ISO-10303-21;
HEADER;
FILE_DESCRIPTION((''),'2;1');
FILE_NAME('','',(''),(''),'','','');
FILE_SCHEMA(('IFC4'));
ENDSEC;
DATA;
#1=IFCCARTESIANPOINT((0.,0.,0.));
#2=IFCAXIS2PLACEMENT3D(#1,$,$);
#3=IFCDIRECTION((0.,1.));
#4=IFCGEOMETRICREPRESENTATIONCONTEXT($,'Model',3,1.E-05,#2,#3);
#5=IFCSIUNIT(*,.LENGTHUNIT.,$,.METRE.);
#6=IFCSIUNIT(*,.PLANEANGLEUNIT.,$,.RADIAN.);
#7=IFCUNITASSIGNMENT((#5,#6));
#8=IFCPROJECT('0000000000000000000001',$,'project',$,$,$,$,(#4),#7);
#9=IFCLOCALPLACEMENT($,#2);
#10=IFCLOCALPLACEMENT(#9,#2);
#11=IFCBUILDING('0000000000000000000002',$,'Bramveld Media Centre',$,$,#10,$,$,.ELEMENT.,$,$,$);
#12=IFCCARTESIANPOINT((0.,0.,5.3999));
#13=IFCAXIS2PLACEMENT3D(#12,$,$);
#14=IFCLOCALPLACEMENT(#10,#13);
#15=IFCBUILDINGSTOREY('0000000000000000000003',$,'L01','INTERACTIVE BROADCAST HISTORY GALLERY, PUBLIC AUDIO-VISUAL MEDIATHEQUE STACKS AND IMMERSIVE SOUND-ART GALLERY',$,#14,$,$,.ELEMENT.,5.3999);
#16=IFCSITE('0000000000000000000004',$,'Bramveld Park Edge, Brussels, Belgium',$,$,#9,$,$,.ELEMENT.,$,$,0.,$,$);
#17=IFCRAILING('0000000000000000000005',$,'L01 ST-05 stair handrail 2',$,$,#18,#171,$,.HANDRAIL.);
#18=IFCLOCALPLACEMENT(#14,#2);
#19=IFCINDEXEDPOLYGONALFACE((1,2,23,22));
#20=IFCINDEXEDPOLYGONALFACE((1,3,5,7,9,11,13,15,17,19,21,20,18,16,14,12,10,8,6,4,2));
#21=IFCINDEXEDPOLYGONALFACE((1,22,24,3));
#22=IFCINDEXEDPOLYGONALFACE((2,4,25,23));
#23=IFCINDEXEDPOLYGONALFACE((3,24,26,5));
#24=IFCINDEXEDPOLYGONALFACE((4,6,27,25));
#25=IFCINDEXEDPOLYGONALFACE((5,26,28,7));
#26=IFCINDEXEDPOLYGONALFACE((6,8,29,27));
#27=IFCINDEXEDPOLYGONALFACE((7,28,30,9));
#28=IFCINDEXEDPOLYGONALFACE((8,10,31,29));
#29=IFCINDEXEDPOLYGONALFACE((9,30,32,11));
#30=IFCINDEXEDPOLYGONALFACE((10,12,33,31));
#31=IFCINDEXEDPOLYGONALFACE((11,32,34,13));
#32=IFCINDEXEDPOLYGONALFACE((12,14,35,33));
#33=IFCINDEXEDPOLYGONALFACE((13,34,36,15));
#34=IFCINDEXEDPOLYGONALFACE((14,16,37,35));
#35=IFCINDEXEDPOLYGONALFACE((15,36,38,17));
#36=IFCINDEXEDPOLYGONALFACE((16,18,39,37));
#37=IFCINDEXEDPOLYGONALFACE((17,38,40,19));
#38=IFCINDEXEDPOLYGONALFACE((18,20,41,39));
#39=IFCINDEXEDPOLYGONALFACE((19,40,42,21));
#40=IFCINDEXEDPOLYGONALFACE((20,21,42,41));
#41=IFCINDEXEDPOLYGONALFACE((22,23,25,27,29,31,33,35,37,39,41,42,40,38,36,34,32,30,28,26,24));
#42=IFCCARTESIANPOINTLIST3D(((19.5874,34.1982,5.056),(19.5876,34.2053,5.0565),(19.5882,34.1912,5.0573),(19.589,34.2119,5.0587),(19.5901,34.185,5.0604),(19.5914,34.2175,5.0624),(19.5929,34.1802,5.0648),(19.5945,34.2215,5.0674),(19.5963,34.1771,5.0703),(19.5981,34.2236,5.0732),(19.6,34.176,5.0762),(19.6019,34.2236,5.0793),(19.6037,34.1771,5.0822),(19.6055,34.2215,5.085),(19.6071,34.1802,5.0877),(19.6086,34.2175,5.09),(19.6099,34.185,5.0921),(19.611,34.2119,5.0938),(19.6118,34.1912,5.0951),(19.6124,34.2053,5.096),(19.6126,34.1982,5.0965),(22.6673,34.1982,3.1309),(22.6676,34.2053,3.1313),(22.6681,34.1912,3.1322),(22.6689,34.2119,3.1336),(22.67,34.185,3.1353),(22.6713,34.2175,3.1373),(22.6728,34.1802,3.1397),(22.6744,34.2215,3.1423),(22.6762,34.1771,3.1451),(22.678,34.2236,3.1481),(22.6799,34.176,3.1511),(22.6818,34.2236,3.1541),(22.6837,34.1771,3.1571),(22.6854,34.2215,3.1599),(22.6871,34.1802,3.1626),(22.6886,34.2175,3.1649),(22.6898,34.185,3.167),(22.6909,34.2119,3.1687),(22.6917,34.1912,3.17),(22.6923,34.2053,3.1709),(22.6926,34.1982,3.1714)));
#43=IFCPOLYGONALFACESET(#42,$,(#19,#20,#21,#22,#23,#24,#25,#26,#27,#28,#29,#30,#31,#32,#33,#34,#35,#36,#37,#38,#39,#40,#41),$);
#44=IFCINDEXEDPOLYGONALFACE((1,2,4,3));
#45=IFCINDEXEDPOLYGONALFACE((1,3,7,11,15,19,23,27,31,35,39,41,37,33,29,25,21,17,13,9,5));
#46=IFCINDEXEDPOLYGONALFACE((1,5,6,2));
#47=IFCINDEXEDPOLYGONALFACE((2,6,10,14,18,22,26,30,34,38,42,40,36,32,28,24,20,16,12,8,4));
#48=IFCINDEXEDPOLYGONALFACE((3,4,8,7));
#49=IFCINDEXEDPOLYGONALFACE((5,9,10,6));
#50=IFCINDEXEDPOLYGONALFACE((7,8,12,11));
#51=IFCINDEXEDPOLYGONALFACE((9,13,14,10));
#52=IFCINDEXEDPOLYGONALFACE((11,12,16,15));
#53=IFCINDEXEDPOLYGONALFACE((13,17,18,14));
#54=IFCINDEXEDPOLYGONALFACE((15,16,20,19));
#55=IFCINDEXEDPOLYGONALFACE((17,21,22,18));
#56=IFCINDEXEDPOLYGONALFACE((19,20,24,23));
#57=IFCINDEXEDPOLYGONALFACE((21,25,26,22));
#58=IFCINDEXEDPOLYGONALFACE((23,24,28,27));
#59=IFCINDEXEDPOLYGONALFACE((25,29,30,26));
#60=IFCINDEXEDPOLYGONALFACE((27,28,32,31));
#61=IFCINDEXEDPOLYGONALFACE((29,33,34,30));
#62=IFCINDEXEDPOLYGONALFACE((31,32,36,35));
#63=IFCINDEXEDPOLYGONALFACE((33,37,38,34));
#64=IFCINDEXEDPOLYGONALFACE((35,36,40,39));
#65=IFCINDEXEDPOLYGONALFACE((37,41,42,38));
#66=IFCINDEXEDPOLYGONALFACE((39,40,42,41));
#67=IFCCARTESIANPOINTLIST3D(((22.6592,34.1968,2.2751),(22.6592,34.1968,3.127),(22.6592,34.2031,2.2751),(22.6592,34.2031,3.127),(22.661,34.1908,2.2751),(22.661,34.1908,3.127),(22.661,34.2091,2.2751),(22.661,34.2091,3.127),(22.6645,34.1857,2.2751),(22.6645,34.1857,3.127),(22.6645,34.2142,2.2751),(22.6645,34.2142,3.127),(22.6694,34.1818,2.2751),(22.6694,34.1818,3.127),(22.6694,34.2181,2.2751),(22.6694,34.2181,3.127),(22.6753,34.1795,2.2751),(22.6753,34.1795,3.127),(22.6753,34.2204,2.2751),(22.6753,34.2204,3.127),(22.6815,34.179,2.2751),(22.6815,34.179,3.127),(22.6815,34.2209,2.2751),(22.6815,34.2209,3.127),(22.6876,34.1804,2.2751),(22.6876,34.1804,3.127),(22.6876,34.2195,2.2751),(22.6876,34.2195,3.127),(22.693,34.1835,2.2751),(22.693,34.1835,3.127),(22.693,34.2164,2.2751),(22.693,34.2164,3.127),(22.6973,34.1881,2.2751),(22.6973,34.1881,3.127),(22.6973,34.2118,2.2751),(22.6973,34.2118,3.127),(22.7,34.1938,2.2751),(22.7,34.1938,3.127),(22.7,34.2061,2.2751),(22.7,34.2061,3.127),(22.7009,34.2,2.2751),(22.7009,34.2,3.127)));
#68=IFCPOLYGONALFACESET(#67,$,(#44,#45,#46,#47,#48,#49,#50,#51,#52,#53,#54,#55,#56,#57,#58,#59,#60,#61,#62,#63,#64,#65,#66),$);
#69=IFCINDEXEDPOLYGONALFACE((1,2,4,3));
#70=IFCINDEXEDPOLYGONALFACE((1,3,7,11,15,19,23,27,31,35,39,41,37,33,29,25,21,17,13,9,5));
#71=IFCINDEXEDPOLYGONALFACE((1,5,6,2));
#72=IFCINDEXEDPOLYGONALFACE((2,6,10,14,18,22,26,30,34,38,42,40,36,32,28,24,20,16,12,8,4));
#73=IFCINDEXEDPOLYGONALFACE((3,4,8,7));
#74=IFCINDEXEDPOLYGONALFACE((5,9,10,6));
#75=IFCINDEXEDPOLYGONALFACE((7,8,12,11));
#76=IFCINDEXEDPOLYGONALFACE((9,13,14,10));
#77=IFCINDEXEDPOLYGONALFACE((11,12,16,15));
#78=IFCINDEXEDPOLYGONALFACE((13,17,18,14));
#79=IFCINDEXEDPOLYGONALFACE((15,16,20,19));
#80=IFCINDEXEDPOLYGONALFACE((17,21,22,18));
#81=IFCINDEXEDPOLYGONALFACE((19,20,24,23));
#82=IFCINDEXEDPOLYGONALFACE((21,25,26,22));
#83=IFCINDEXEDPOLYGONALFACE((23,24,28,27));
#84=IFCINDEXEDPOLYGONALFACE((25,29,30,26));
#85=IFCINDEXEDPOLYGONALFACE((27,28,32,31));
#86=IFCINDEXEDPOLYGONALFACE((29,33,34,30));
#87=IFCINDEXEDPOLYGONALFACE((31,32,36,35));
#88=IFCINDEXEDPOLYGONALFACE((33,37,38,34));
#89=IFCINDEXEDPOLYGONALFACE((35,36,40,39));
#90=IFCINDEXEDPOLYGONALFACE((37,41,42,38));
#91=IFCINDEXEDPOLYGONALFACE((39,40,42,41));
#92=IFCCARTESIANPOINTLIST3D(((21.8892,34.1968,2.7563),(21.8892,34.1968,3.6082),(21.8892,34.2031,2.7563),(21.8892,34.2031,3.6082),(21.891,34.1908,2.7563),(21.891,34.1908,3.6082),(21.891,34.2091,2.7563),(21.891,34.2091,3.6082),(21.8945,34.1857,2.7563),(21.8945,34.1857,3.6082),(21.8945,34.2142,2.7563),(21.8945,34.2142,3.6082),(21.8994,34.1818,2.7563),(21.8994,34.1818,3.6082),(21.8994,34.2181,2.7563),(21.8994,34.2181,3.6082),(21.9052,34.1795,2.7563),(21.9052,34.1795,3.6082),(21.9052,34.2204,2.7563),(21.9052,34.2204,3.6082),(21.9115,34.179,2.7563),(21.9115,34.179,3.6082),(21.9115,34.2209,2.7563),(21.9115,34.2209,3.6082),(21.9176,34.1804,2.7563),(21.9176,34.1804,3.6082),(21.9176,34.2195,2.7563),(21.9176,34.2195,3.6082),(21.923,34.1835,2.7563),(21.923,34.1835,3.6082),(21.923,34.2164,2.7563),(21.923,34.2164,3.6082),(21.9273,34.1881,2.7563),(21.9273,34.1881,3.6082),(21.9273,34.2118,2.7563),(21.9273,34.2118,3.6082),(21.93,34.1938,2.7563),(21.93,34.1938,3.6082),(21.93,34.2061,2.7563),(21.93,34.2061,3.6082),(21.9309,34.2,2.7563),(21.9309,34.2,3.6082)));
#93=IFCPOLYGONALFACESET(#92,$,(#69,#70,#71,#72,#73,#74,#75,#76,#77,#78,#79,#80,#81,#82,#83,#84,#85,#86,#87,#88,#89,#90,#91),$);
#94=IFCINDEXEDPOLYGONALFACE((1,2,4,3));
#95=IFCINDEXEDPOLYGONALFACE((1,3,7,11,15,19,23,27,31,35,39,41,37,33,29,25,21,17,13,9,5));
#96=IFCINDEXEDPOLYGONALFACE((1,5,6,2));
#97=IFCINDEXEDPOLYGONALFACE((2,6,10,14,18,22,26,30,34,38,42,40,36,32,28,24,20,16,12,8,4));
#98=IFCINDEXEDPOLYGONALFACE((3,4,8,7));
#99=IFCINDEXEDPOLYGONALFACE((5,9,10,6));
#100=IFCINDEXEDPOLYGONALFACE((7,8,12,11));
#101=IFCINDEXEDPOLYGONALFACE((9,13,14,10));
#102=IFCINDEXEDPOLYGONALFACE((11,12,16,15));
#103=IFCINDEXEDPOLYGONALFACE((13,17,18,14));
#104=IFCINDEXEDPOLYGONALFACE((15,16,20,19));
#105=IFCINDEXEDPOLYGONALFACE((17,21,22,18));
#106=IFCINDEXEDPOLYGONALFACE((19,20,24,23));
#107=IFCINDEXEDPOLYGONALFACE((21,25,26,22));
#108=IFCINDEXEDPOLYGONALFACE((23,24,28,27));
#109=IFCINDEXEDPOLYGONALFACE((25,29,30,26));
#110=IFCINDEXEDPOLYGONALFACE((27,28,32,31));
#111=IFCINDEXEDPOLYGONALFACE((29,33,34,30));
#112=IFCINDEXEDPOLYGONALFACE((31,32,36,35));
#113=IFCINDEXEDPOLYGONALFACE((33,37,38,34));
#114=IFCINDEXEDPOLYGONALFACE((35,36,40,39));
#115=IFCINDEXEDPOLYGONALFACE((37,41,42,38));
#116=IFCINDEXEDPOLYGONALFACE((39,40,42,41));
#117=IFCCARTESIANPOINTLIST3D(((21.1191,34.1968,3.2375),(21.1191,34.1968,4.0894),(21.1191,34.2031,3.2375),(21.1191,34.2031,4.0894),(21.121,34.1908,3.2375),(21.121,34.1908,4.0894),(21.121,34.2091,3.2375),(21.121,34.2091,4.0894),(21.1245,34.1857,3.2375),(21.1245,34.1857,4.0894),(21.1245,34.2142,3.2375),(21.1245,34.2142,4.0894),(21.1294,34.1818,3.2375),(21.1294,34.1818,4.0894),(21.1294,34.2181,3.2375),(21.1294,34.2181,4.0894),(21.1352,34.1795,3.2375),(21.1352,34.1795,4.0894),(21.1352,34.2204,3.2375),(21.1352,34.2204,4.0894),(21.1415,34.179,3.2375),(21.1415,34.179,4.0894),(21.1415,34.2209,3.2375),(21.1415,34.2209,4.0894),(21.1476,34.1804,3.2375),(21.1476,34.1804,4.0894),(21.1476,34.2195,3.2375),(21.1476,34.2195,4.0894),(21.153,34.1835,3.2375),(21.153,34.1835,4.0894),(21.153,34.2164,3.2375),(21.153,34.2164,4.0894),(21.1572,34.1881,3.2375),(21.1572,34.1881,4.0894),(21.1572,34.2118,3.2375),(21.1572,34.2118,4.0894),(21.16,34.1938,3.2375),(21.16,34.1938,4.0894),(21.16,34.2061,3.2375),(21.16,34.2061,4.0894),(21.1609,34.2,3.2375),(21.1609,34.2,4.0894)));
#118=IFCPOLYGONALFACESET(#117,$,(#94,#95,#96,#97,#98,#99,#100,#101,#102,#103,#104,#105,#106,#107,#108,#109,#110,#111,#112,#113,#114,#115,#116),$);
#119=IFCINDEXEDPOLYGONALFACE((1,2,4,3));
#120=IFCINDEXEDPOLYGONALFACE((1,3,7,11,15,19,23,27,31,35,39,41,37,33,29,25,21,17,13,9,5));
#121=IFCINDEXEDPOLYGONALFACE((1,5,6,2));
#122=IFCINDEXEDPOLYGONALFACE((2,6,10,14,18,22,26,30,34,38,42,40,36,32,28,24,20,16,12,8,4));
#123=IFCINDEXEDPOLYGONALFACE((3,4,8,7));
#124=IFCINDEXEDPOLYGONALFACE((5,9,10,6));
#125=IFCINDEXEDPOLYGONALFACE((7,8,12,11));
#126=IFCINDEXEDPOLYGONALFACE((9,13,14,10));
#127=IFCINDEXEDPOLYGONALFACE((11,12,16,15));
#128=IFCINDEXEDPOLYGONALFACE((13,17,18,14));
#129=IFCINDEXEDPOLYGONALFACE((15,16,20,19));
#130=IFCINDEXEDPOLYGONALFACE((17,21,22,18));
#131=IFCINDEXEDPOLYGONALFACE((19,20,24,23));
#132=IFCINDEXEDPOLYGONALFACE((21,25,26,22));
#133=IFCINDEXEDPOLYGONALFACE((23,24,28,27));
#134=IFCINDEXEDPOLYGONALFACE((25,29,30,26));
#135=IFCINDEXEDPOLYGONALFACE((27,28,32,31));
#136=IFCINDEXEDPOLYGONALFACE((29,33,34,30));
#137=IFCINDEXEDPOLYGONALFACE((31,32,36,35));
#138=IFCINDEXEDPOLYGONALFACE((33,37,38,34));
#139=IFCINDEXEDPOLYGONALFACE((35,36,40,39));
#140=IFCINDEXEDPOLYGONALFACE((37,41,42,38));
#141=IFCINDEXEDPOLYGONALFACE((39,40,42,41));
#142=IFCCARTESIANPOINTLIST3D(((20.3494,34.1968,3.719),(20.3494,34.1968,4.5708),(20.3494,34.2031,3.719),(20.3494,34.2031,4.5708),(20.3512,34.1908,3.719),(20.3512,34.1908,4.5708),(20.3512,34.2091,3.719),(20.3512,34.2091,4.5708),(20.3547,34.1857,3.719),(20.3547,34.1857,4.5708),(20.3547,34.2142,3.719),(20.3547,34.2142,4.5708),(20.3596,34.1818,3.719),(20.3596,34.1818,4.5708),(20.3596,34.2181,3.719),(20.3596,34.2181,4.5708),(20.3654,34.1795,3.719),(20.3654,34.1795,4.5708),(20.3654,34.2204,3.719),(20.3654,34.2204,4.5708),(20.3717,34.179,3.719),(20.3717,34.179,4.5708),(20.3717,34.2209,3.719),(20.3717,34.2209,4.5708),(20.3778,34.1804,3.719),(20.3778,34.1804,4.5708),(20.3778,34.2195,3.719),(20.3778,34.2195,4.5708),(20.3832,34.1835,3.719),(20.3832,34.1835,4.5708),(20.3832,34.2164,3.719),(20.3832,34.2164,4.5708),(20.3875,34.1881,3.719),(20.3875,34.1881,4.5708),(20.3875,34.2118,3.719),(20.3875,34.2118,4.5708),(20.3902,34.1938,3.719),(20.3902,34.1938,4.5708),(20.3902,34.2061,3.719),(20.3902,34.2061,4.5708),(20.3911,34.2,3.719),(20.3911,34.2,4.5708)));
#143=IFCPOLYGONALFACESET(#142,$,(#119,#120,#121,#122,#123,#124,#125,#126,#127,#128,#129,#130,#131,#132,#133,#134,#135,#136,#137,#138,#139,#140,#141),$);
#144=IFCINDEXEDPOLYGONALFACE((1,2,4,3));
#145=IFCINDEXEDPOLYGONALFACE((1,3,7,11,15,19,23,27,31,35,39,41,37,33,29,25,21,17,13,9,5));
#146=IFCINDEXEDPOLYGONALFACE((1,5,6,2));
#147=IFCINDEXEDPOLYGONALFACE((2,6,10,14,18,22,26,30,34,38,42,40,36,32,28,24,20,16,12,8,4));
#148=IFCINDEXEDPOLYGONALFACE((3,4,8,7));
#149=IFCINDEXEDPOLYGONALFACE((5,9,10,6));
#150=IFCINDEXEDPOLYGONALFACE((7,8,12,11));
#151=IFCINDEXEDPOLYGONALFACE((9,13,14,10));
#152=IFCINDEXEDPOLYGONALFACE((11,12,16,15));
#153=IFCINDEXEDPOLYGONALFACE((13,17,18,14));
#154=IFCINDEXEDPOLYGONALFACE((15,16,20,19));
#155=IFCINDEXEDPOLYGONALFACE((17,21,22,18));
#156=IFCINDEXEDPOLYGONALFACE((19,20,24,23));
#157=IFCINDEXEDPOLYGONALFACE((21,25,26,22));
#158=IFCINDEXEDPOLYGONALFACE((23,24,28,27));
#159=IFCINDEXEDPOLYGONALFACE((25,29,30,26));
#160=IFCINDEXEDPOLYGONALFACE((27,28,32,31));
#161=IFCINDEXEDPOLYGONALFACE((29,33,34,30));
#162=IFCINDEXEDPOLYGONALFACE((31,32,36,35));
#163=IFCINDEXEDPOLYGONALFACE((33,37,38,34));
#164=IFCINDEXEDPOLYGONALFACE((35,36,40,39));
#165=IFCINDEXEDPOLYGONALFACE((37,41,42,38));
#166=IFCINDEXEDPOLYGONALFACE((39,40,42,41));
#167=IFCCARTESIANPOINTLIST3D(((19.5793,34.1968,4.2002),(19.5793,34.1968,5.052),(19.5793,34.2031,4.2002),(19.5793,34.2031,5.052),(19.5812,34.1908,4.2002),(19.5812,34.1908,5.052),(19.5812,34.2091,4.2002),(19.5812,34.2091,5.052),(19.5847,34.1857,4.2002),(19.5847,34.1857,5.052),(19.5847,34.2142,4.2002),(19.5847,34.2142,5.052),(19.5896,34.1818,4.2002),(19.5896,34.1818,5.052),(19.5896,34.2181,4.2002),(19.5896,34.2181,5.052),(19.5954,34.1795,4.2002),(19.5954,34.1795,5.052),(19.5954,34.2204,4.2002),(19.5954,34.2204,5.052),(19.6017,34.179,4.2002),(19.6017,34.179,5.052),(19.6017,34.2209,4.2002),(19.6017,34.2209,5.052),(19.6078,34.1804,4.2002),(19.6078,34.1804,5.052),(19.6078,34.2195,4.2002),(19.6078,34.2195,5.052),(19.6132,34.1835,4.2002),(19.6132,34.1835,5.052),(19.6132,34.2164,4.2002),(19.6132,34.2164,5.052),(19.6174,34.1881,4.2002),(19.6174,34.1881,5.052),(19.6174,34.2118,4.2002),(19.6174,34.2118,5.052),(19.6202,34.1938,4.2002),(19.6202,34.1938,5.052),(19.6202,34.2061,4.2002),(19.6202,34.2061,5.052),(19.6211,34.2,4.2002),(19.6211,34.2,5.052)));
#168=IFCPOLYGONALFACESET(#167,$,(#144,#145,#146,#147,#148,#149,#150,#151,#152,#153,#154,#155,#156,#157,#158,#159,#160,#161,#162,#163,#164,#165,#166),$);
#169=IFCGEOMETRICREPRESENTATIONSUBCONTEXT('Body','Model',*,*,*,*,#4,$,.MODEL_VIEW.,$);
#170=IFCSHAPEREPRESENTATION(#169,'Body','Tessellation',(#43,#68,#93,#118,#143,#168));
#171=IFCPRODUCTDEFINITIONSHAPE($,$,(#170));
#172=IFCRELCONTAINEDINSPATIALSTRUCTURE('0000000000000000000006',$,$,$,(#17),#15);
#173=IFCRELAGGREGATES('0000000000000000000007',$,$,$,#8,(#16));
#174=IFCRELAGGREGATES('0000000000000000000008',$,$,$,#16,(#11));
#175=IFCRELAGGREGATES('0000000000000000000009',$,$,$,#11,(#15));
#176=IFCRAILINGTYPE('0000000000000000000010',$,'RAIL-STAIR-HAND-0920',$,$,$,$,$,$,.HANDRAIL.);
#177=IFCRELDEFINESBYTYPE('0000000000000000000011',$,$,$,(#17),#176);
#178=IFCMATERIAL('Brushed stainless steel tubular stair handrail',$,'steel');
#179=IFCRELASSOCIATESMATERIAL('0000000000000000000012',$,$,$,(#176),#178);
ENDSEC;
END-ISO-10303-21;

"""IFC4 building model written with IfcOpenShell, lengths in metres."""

from ifc_helpers import new_model, si_unit, direction, frame, origin, origin_2d, place, context, subcontext, project, spatial, circle, extrude, material, type_object, element, save


model = new_model("IFC4")

# Units and contexts
model_context = context("Model", 3, precision=1e-05, world=origin(), true_north=direction((0.0, 1.0)))
body_context = subcontext(model_context, "Body", "Model", "MODEL_VIEW")
ifc_project = project(units=[si_unit("LENGTHUNIT", "METRE"), si_unit("PLANEANGLEUNIT", "RADIAN")], contexts=[model_context])

# Site, building, storey
site_placement = place(None, origin())
site = spatial("IfcSite", under=ifc_project, at=site_placement, Name="Bramveld Park Edge, Brussels, Belgium", CompositionType="ELEMENT", RefElevation=0.0)
building_placement = place(site_placement, origin())
building = spatial("IfcBuilding", under=site, at=building_placement, Name="Bramveld Media Centre", CompositionType="ELEMENT")
storey_placement = place(building_placement, frame((0.0, 0.0, 5.3999)))
storey = spatial("IfcBuildingStorey", under=building, at=storey_placement, Name="L01", Description="INTERACTIVE BROADCAST HISTORY GALLERY, PUBLIC AUDIO-VISUAL MEDIATHEQUE STACKS AND IMMERSIVE SOUND-ART GALLERY", CompositionType="ELEMENT", Elevation=5.3999)

# Railing
ifc_material_1 = material(Name="Brushed stainless steel tubular stair handrail", Category="steel")
railing_type_1 = type_object("IfcRailingType", Name="RAIL-STAIR-HAND-0920", PredefinedType="HANDRAIL", material=ifc_material_1)
railing_1_placement = place(storey_placement, frame((22.6799, 34.2, 2.2751)))
element("IfcRailing", 1, at=railing_1_placement, inside=storey, type_object=railing_type_1, Name="L01 ST-05 stair handrail 2", PredefinedType="HANDRAIL", context=body_context, shape_type="SweptSolid", body=[
    extrude(circle(Radius=0.0239, at=origin_2d()), frame((0.0, 0.0, 0.876), z_axis=(-0.847979, 0.0, 0.530029), x_axis=(0.0, -1.0, 0.0)), (0.0, 0.0, 1.0), 3.6321),
    extrude(circle(Radius=0.021, at=origin_2d()), origin(), (0.0, 0.0, 1.0), 0.8518),
    extrude(circle(Radius=0.021, at=origin_2d()), frame((-0.77, 0.0, 0.4812)), (0.0, 0.0, 1.0), 0.8518),
    extrude(circle(Radius=0.021, at=origin_2d()), frame((-1.54, 0.0, 0.9624)), (0.0, 0.0, 1.0), 0.8518),
    extrude(circle(Radius=0.021, at=origin_2d()), frame((-2.3098, 0.0, 1.4438)), (0.0, 0.0, 1.0), 0.8518),
    extrude(circle(Radius=0.021, at=origin_2d()), frame((-3.0798, 0.0, 1.925)), (0.0, 0.0, 1.0), 0.8518),
])

save(model, "model.ifc")
